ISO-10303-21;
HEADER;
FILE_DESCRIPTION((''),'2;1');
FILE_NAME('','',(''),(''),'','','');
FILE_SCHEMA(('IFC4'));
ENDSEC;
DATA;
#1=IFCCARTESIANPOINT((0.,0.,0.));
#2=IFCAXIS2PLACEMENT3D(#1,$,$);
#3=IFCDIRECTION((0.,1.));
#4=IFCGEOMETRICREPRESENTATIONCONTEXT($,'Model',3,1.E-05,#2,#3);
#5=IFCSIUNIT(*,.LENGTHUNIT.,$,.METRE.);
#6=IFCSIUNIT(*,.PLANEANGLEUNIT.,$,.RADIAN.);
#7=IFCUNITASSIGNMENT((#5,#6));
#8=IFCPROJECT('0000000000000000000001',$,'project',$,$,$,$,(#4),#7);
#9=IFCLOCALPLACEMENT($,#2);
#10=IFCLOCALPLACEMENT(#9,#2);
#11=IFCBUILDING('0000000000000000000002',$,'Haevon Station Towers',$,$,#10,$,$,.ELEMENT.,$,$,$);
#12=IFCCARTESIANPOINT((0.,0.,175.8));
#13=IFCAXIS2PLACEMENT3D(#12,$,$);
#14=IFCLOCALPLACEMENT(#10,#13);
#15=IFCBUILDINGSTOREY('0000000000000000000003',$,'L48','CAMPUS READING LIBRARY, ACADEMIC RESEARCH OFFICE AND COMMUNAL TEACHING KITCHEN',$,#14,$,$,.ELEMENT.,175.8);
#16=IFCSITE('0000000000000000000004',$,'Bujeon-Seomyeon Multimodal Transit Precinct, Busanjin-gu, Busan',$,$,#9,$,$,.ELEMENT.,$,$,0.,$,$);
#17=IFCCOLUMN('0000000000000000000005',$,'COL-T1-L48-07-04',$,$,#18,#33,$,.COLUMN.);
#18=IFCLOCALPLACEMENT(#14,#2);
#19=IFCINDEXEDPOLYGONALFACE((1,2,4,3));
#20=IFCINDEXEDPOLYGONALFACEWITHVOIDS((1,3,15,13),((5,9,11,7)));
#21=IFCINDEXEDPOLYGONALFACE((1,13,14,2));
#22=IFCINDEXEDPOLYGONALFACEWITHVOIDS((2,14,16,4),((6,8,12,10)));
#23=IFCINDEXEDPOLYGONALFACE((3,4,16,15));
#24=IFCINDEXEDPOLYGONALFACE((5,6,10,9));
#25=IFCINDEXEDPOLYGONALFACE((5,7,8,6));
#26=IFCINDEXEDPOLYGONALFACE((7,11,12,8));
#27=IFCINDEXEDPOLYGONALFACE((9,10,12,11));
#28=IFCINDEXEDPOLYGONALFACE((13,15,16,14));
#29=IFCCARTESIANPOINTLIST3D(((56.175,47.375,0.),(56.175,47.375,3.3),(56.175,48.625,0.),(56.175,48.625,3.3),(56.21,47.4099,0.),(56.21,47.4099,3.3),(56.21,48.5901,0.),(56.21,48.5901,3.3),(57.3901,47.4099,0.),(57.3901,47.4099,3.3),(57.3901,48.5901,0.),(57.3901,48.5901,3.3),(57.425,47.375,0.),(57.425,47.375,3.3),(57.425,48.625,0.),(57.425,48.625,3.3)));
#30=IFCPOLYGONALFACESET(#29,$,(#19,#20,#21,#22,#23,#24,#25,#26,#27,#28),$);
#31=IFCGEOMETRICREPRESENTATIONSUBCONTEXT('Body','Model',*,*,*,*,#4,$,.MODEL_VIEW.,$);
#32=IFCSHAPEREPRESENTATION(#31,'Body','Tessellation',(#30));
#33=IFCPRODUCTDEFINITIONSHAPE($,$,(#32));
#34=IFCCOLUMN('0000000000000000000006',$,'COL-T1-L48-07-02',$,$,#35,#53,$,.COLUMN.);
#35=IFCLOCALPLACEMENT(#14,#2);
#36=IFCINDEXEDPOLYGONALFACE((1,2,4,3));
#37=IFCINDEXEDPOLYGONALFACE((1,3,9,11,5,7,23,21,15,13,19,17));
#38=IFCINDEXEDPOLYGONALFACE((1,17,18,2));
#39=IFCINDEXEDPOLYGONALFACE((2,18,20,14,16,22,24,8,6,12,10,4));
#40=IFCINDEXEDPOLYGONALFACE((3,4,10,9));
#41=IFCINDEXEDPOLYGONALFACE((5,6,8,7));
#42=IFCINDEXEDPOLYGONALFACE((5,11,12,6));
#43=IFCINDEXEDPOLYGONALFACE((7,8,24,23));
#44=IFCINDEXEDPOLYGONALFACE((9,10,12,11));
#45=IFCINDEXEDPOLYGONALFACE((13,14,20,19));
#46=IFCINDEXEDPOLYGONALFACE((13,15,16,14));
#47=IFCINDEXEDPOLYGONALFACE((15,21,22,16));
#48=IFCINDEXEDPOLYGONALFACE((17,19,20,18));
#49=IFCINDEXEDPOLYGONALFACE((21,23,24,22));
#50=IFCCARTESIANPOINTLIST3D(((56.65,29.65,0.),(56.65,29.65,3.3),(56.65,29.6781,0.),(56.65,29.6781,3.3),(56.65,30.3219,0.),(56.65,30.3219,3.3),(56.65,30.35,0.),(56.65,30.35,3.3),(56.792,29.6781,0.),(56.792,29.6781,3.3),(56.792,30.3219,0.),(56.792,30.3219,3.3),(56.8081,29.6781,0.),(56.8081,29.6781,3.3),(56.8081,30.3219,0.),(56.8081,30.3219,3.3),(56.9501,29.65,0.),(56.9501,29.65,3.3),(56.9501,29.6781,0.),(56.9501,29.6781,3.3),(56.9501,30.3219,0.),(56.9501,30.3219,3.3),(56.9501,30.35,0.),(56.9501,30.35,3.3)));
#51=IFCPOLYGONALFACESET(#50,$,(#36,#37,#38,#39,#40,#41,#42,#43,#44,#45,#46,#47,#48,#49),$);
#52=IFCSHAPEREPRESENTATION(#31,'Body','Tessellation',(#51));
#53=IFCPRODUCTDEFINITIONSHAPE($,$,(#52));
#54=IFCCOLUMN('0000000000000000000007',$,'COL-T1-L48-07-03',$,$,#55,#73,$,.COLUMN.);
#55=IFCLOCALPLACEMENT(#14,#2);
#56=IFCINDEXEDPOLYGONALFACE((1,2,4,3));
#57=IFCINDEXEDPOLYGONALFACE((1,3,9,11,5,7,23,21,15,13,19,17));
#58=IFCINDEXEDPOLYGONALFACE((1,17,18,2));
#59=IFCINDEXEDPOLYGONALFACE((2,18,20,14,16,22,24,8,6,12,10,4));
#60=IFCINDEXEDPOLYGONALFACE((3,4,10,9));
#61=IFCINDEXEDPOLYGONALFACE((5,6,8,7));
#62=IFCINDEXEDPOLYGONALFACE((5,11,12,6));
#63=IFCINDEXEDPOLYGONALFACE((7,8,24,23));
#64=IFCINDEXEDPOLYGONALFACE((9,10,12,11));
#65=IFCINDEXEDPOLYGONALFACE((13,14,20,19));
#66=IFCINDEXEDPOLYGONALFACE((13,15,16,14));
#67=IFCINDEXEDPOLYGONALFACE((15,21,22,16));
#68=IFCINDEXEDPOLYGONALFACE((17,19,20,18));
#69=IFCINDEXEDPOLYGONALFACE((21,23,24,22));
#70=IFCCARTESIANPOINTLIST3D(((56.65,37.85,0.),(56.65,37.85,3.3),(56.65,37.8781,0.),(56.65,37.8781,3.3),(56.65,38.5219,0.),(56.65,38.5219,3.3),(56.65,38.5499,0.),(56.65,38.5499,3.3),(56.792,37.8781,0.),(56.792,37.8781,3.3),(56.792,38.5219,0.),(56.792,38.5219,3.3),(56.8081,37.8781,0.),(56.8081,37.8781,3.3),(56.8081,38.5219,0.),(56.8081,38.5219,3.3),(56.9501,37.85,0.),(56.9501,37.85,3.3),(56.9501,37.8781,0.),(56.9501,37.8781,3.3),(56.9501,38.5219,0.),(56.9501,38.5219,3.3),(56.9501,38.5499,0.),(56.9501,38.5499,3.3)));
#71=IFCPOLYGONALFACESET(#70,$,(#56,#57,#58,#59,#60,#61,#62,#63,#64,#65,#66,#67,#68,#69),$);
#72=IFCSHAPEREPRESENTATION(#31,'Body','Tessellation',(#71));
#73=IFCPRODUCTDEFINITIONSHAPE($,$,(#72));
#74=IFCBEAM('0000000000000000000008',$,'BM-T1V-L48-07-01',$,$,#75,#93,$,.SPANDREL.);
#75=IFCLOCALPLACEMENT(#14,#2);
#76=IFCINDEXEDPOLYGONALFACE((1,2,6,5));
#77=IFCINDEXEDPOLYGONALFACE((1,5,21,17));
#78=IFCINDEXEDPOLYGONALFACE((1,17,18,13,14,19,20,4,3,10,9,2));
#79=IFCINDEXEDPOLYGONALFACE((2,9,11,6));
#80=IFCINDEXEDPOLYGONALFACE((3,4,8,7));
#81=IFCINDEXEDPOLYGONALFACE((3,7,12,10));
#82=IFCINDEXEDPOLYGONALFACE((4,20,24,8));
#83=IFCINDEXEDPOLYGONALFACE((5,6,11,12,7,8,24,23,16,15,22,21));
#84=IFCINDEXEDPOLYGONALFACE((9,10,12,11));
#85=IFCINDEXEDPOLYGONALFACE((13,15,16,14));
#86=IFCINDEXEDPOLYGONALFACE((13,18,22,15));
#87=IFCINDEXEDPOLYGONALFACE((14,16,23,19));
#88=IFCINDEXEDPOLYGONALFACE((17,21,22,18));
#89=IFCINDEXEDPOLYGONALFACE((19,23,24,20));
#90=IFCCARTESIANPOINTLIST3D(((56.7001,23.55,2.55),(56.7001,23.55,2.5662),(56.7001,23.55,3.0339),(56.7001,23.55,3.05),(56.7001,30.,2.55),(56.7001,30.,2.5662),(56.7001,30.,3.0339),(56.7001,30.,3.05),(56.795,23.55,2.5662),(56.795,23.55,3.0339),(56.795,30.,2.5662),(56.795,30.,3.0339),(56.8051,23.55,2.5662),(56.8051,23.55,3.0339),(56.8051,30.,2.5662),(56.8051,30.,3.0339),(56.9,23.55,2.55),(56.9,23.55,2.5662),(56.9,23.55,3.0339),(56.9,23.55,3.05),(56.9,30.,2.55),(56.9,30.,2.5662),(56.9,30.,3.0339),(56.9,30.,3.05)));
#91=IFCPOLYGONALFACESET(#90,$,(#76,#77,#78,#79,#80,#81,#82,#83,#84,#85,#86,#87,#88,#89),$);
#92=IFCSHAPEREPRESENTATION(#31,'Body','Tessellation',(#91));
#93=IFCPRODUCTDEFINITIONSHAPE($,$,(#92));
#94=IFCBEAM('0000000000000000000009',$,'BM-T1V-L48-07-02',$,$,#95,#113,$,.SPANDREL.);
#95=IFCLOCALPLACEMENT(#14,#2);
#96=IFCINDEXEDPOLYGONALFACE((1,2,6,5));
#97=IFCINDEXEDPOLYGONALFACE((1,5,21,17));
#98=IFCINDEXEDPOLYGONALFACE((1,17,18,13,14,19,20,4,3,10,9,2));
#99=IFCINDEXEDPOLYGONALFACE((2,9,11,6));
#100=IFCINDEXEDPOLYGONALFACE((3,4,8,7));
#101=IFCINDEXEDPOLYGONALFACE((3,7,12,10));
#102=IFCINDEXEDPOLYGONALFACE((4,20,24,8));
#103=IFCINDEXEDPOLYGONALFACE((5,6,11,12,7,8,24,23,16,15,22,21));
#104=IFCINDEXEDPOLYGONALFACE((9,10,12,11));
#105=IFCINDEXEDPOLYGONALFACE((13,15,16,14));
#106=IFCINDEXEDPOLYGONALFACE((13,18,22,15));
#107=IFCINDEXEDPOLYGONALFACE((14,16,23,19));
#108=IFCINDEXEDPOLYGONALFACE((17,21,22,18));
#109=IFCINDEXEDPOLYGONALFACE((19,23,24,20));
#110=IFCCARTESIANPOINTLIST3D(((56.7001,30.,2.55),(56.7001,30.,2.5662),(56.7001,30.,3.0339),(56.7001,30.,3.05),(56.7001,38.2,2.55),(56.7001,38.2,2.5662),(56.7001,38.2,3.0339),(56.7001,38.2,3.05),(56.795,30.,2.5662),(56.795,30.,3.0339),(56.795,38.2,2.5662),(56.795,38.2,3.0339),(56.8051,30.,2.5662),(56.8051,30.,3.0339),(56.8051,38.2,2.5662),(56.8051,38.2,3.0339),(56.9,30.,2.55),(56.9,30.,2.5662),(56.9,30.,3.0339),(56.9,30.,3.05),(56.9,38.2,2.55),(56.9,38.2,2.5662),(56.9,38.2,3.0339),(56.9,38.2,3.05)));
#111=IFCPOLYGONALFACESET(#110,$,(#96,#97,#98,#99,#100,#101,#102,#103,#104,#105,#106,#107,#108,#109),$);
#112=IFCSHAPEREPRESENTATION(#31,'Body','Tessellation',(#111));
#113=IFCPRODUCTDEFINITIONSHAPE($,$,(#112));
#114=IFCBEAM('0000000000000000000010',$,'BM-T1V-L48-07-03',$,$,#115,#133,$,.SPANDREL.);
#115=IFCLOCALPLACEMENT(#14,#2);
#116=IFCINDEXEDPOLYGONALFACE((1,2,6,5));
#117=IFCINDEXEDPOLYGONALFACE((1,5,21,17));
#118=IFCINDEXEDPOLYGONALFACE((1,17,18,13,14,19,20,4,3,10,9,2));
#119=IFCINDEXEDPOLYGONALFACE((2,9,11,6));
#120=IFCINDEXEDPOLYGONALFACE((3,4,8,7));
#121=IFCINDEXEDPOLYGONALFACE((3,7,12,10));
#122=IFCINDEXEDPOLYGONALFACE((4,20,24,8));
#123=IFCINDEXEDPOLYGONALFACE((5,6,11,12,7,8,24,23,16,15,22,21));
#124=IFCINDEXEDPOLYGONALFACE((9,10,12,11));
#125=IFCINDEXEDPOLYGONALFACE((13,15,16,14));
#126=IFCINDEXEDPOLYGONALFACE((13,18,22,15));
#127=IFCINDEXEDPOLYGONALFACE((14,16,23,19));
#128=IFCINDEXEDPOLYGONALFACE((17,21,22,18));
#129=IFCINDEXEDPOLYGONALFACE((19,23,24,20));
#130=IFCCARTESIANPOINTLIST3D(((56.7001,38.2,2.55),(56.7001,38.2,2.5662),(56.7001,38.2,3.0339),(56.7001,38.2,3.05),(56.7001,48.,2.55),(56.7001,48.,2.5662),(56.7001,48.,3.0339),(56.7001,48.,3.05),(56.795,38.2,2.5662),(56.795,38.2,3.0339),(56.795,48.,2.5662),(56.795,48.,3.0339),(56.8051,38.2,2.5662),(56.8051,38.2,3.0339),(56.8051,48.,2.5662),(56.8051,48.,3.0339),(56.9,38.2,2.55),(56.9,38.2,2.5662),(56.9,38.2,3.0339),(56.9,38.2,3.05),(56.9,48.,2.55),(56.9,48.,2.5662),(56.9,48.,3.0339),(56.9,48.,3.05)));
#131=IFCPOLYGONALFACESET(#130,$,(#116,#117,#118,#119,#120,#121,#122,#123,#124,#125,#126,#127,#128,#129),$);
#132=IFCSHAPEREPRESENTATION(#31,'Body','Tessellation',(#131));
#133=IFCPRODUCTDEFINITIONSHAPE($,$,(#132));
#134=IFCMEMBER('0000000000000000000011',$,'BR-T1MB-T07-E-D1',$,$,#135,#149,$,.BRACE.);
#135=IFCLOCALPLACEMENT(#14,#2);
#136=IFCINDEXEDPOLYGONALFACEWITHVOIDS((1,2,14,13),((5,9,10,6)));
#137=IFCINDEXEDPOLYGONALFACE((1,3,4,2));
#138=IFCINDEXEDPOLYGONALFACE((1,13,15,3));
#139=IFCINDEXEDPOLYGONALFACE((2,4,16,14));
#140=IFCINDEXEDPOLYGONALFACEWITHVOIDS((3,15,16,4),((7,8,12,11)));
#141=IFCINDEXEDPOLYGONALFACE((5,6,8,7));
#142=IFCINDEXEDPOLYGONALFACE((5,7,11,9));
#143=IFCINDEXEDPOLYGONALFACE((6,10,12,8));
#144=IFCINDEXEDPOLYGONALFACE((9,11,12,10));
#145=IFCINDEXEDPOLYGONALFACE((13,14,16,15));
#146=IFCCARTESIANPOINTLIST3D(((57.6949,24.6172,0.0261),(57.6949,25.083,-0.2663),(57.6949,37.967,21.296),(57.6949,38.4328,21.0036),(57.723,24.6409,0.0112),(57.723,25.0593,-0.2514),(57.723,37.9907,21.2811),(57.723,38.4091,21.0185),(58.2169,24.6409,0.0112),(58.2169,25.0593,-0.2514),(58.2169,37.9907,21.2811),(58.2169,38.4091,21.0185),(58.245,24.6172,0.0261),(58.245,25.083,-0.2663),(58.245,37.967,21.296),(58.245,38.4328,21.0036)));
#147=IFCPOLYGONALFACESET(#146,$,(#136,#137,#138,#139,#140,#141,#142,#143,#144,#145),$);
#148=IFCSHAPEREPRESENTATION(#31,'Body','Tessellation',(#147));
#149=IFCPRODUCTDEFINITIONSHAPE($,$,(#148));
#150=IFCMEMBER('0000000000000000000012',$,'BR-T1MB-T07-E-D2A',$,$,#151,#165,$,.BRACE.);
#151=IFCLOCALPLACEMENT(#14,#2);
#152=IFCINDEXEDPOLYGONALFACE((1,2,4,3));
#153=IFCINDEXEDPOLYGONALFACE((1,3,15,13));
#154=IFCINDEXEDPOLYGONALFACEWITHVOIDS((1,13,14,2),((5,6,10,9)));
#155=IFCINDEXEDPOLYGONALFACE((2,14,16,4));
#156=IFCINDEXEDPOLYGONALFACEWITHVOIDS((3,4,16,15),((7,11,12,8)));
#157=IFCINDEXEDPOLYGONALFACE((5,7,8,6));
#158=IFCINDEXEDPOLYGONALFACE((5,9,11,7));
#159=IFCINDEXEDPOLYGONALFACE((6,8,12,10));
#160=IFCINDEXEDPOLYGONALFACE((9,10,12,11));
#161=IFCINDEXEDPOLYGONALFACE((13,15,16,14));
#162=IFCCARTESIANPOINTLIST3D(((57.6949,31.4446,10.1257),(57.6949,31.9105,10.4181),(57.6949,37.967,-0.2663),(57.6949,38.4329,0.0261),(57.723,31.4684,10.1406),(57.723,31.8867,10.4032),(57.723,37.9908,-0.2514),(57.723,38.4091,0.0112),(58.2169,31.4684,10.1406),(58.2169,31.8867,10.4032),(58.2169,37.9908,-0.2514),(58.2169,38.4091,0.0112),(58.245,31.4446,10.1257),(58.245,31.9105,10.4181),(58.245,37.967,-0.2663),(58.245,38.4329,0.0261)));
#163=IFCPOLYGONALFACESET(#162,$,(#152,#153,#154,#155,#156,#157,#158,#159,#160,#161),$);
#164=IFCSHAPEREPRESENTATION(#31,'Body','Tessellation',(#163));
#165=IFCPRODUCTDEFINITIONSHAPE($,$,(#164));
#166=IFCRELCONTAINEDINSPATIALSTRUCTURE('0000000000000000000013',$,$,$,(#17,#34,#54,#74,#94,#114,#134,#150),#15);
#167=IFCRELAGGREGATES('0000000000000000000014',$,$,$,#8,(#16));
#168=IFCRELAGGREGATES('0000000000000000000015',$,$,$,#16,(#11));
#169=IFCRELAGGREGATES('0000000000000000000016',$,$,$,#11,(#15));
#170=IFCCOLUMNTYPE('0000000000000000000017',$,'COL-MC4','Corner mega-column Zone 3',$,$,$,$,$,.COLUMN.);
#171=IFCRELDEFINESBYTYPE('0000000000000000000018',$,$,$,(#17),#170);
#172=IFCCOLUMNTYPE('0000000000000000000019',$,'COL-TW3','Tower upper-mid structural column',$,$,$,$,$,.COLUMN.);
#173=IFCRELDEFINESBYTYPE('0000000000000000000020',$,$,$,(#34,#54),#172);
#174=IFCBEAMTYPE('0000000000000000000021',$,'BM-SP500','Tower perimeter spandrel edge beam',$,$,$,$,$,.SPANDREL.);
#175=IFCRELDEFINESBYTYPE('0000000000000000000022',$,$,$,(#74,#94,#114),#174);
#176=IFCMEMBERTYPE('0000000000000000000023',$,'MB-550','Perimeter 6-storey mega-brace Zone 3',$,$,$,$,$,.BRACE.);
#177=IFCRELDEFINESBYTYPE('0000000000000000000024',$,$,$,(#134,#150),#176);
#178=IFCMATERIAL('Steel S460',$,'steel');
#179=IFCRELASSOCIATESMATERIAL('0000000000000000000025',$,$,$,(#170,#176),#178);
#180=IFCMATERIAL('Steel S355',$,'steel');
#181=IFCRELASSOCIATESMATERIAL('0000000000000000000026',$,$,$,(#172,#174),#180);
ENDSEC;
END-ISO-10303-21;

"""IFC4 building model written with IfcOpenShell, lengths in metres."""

from ifc_helpers import new_model, si_unit, direction, frame, origin, origin_2d, place, context, subcontext, project, spatial, hollow_rectangle, i_section, extrude, material, material_profile, profile_set, type_object, element, save


model = new_model("IFC4")

# Units and contexts
model_context = context("Model", 3, precision=1e-05, world=origin(), true_north=direction((0.0, 1.0)))
body_context = subcontext(model_context, "Body", "Model", "MODEL_VIEW")
ifc_project = project(units=[si_unit("LENGTHUNIT", "METRE"), si_unit("PLANEANGLEUNIT", "RADIAN")], contexts=[model_context])

# Site, building, storey
site_placement = place(None, origin())
site = spatial("IfcSite", under=ifc_project, at=site_placement, Name="Bujeon-Seomyeon Multimodal Transit Precinct, Busanjin-gu, Busan", CompositionType="ELEMENT", RefElevation=0.0)
building_placement = place(site_placement, origin())
building = spatial("IfcBuilding", under=site, at=building_placement, Name="Haevon Station Towers", CompositionType="ELEMENT")
storey_placement = place(building_placement, frame((0.0, 0.0, 175.8)))
storey = spatial("IfcBuildingStorey", under=building, at=storey_placement, Name="L48", Description="CAMPUS READING LIBRARY, ACADEMIC RESEARCH OFFICE AND COMMUNAL TEACHING KITCHEN", CompositionType="ELEMENT", Elevation=175.8)

# Columns
ifc_material_1 = material(Name="Steel S460", Category="steel")
ifc_material_profile_1 = material_profile(ifc_material_1, hollow_rectangle(XDim=1.25, YDim=1.25, WallThickness=0.0349, at=origin_2d()), Name="BOX-1250x1250x35")
ifc_profile_set_1 = profile_set([ifc_material_profile_1], Name="Steel S460")
column_type_1 = type_object("IfcColumnType", Name="COL-MC4", Description="Corner mega-column Zone 3", PredefinedType="COLUMN", material=ifc_profile_set_1)
column_placement = place(storey_placement, frame((56.8, 48.0, 0.0), z_axis=(0.0, 0.0, 1.0), x_axis=(1.0, 0.0, 0.0)))
element("IfcColumn", 1, at=column_placement, inside=storey, type_object=column_type_1, Name="COL-T1-L48-07-04", PredefinedType="COLUMN", context=body_context, shape_type="SweptSolid", body=[
    extrude(hollow_rectangle(XDim=1.25, YDim=1.25, WallThickness=0.0349, at=origin_2d()), origin(), (0.0, 0.0, 1.0), 3.3),
])
ifc_material_2 = material(Name="Steel S355", Category="steel")
ifc_material_profile_2 = material_profile(ifc_material_2, i_section(OverallWidth=0.3, OverallDepth=0.7, WebThickness=0.0161, FlangeThickness=0.0281, at=origin_2d()), Name="H-700x300x16x28")
ifc_profile_set_2 = profile_set([ifc_material_profile_2], Name="Steel S355")
column_type_2 = type_object("IfcColumnType", Name="COL-TW3", Description="Tower upper-mid structural column", PredefinedType="COLUMN", material=ifc_profile_set_2)
for number, where, z_axis, x_axis, name in (
    (2, (56.8, 30.0, 0.0), (0.0, 0.0, 1.0), (1.0, 0.0, 0.0), "COL-T1-L48-07-02"),
    (3, (56.8, 38.2, 0.0), (0.0, 0.0, 1.0), (1.0, 0.0, 0.0), "COL-T1-L48-07-03"),
):
    element("IfcColumn", number, at=place(storey_placement, frame(where, z_axis=z_axis, x_axis=x_axis)), inside=storey, type_object=column_type_2, Name=name, PredefinedType="COLUMN", context=body_context, shape_type="SweptSolid", body=[
        extrude(i_section(OverallWidth=0.3, OverallDepth=0.7, WebThickness=0.0161, FlangeThickness=0.0281, at=origin_2d()), origin(), (0.0, 0.0, 1.0), 3.3),
    ])

# Beams
ifc_material_profile_3 = material_profile(ifc_material_2, i_section(OverallWidth=0.2, OverallDepth=0.5, WebThickness=0.01, FlangeThickness=0.0161, at=origin_2d()), Name="H-500x200x10x16")
ifc_profile_set_3 = profile_set([ifc_material_profile_3], Name="Steel S355")
beam_type = type_object("IfcBeamType", Name="BM-SP500", Description="Tower perimeter spandrel edge beam", PredefinedType="SPANDREL", material=ifc_profile_set_3)
beam_1_placement = place(storey_placement, frame((56.8, 23.55, 2.8), z_axis=(0.0, 1.0, 0.0), x_axis=(-1.0, 0.0, 0.0)))
element("IfcBeam", 4, at=beam_1_placement, inside=storey, type_object=beam_type, Name="BM-T1V-L48-07-01", PredefinedType="SPANDREL", context=body_context, shape_type="SweptSolid", body=[
    extrude(i_section(OverallWidth=0.2, OverallDepth=0.5, WebThickness=0.01, FlangeThickness=0.0161, at=origin_2d()), origin(), (0.0, 0.0, 1.0), 6.45),
])
beam_2_placement = place(storey_placement, frame((56.8, 30.0, 2.8), z_axis=(0.0, 1.0, 0.0), x_axis=(-1.0, 0.0, 0.0)))
element("IfcBeam", 5, at=beam_2_placement, inside=storey, type_object=beam_type, Name="BM-T1V-L48-07-02", PredefinedType="SPANDREL", context=body_context, shape_type="SweptSolid", body=[
    extrude(i_section(OverallWidth=0.2, OverallDepth=0.5, WebThickness=0.01, FlangeThickness=0.0161, at=origin_2d()), origin(), (0.0, 0.0, 1.0), 8.2),
])
beam_3_placement = place(storey_placement, frame((56.8, 38.2, 2.8), z_axis=(0.0, 1.0, 0.0), x_axis=(-1.0, 0.0, 0.0)))
element("IfcBeam", 6, at=beam_3_placement, inside=storey, type_object=beam_type, Name="BM-T1V-L48-07-03", PredefinedType="SPANDREL", context=body_context, shape_type="SweptSolid", body=[
    extrude(i_section(OverallWidth=0.2, OverallDepth=0.5, WebThickness=0.01, FlangeThickness=0.0161, at=origin_2d()), origin(), (0.0, 0.0, 1.0), 9.8),
])

# Members
ifc_material_profile_4 = material_profile(ifc_material_1, hollow_rectangle(XDim=0.55, YDim=0.55, WallThickness=0.0281, at=origin_2d()), Name="RHS-550x550x28")
ifc_profile_set_4 = profile_set([ifc_material_profile_4], Name="Steel S460")
member_type = type_object("IfcMemberType", Name="MB-550", Description="Perimeter 6-storey mega-brace Zone 3", PredefinedType="BRACE", material=ifc_profile_set_4)
member_1_placement = place(storey_placement, frame((57.97, 24.8501, -0.1201), z_axis=(0.0, 0.531604, 0.846993), x_axis=(-1.0, 0.0, 0.0)))
element("IfcMember", 7, at=member_1_placement, inside=storey, type_object=member_type, Name="BR-T1MB-T07-E-D1", PredefinedType="BRACE", context=body_context, shape_type="SweptSolid", body=[
    extrude(hollow_rectangle(XDim=0.55, YDim=0.55, WallThickness=0.0281, at=origin_2d()), origin(), (0.0, 0.0, 1.0), 25.1123),
])
member_2_placement = place(storey_placement, frame((57.97, 38.2, -0.1201), z_axis=(0.0, -0.531604, 0.846993), x_axis=(1.0, 0.0, 0.0)))
element("IfcMember", 8, at=member_2_placement, inside=storey, type_object=member_type, Name="BR-T1MB-T07-E-D2A", PredefinedType="BRACE", context=body_context, shape_type="SweptSolid", body=[
    extrude(hollow_rectangle(XDim=0.55, YDim=0.55, WallThickness=0.0281, at=origin_2d()), origin(), (0.0, 0.0, 1.0), 12.2693),
])

save(model, "model.ifc")
